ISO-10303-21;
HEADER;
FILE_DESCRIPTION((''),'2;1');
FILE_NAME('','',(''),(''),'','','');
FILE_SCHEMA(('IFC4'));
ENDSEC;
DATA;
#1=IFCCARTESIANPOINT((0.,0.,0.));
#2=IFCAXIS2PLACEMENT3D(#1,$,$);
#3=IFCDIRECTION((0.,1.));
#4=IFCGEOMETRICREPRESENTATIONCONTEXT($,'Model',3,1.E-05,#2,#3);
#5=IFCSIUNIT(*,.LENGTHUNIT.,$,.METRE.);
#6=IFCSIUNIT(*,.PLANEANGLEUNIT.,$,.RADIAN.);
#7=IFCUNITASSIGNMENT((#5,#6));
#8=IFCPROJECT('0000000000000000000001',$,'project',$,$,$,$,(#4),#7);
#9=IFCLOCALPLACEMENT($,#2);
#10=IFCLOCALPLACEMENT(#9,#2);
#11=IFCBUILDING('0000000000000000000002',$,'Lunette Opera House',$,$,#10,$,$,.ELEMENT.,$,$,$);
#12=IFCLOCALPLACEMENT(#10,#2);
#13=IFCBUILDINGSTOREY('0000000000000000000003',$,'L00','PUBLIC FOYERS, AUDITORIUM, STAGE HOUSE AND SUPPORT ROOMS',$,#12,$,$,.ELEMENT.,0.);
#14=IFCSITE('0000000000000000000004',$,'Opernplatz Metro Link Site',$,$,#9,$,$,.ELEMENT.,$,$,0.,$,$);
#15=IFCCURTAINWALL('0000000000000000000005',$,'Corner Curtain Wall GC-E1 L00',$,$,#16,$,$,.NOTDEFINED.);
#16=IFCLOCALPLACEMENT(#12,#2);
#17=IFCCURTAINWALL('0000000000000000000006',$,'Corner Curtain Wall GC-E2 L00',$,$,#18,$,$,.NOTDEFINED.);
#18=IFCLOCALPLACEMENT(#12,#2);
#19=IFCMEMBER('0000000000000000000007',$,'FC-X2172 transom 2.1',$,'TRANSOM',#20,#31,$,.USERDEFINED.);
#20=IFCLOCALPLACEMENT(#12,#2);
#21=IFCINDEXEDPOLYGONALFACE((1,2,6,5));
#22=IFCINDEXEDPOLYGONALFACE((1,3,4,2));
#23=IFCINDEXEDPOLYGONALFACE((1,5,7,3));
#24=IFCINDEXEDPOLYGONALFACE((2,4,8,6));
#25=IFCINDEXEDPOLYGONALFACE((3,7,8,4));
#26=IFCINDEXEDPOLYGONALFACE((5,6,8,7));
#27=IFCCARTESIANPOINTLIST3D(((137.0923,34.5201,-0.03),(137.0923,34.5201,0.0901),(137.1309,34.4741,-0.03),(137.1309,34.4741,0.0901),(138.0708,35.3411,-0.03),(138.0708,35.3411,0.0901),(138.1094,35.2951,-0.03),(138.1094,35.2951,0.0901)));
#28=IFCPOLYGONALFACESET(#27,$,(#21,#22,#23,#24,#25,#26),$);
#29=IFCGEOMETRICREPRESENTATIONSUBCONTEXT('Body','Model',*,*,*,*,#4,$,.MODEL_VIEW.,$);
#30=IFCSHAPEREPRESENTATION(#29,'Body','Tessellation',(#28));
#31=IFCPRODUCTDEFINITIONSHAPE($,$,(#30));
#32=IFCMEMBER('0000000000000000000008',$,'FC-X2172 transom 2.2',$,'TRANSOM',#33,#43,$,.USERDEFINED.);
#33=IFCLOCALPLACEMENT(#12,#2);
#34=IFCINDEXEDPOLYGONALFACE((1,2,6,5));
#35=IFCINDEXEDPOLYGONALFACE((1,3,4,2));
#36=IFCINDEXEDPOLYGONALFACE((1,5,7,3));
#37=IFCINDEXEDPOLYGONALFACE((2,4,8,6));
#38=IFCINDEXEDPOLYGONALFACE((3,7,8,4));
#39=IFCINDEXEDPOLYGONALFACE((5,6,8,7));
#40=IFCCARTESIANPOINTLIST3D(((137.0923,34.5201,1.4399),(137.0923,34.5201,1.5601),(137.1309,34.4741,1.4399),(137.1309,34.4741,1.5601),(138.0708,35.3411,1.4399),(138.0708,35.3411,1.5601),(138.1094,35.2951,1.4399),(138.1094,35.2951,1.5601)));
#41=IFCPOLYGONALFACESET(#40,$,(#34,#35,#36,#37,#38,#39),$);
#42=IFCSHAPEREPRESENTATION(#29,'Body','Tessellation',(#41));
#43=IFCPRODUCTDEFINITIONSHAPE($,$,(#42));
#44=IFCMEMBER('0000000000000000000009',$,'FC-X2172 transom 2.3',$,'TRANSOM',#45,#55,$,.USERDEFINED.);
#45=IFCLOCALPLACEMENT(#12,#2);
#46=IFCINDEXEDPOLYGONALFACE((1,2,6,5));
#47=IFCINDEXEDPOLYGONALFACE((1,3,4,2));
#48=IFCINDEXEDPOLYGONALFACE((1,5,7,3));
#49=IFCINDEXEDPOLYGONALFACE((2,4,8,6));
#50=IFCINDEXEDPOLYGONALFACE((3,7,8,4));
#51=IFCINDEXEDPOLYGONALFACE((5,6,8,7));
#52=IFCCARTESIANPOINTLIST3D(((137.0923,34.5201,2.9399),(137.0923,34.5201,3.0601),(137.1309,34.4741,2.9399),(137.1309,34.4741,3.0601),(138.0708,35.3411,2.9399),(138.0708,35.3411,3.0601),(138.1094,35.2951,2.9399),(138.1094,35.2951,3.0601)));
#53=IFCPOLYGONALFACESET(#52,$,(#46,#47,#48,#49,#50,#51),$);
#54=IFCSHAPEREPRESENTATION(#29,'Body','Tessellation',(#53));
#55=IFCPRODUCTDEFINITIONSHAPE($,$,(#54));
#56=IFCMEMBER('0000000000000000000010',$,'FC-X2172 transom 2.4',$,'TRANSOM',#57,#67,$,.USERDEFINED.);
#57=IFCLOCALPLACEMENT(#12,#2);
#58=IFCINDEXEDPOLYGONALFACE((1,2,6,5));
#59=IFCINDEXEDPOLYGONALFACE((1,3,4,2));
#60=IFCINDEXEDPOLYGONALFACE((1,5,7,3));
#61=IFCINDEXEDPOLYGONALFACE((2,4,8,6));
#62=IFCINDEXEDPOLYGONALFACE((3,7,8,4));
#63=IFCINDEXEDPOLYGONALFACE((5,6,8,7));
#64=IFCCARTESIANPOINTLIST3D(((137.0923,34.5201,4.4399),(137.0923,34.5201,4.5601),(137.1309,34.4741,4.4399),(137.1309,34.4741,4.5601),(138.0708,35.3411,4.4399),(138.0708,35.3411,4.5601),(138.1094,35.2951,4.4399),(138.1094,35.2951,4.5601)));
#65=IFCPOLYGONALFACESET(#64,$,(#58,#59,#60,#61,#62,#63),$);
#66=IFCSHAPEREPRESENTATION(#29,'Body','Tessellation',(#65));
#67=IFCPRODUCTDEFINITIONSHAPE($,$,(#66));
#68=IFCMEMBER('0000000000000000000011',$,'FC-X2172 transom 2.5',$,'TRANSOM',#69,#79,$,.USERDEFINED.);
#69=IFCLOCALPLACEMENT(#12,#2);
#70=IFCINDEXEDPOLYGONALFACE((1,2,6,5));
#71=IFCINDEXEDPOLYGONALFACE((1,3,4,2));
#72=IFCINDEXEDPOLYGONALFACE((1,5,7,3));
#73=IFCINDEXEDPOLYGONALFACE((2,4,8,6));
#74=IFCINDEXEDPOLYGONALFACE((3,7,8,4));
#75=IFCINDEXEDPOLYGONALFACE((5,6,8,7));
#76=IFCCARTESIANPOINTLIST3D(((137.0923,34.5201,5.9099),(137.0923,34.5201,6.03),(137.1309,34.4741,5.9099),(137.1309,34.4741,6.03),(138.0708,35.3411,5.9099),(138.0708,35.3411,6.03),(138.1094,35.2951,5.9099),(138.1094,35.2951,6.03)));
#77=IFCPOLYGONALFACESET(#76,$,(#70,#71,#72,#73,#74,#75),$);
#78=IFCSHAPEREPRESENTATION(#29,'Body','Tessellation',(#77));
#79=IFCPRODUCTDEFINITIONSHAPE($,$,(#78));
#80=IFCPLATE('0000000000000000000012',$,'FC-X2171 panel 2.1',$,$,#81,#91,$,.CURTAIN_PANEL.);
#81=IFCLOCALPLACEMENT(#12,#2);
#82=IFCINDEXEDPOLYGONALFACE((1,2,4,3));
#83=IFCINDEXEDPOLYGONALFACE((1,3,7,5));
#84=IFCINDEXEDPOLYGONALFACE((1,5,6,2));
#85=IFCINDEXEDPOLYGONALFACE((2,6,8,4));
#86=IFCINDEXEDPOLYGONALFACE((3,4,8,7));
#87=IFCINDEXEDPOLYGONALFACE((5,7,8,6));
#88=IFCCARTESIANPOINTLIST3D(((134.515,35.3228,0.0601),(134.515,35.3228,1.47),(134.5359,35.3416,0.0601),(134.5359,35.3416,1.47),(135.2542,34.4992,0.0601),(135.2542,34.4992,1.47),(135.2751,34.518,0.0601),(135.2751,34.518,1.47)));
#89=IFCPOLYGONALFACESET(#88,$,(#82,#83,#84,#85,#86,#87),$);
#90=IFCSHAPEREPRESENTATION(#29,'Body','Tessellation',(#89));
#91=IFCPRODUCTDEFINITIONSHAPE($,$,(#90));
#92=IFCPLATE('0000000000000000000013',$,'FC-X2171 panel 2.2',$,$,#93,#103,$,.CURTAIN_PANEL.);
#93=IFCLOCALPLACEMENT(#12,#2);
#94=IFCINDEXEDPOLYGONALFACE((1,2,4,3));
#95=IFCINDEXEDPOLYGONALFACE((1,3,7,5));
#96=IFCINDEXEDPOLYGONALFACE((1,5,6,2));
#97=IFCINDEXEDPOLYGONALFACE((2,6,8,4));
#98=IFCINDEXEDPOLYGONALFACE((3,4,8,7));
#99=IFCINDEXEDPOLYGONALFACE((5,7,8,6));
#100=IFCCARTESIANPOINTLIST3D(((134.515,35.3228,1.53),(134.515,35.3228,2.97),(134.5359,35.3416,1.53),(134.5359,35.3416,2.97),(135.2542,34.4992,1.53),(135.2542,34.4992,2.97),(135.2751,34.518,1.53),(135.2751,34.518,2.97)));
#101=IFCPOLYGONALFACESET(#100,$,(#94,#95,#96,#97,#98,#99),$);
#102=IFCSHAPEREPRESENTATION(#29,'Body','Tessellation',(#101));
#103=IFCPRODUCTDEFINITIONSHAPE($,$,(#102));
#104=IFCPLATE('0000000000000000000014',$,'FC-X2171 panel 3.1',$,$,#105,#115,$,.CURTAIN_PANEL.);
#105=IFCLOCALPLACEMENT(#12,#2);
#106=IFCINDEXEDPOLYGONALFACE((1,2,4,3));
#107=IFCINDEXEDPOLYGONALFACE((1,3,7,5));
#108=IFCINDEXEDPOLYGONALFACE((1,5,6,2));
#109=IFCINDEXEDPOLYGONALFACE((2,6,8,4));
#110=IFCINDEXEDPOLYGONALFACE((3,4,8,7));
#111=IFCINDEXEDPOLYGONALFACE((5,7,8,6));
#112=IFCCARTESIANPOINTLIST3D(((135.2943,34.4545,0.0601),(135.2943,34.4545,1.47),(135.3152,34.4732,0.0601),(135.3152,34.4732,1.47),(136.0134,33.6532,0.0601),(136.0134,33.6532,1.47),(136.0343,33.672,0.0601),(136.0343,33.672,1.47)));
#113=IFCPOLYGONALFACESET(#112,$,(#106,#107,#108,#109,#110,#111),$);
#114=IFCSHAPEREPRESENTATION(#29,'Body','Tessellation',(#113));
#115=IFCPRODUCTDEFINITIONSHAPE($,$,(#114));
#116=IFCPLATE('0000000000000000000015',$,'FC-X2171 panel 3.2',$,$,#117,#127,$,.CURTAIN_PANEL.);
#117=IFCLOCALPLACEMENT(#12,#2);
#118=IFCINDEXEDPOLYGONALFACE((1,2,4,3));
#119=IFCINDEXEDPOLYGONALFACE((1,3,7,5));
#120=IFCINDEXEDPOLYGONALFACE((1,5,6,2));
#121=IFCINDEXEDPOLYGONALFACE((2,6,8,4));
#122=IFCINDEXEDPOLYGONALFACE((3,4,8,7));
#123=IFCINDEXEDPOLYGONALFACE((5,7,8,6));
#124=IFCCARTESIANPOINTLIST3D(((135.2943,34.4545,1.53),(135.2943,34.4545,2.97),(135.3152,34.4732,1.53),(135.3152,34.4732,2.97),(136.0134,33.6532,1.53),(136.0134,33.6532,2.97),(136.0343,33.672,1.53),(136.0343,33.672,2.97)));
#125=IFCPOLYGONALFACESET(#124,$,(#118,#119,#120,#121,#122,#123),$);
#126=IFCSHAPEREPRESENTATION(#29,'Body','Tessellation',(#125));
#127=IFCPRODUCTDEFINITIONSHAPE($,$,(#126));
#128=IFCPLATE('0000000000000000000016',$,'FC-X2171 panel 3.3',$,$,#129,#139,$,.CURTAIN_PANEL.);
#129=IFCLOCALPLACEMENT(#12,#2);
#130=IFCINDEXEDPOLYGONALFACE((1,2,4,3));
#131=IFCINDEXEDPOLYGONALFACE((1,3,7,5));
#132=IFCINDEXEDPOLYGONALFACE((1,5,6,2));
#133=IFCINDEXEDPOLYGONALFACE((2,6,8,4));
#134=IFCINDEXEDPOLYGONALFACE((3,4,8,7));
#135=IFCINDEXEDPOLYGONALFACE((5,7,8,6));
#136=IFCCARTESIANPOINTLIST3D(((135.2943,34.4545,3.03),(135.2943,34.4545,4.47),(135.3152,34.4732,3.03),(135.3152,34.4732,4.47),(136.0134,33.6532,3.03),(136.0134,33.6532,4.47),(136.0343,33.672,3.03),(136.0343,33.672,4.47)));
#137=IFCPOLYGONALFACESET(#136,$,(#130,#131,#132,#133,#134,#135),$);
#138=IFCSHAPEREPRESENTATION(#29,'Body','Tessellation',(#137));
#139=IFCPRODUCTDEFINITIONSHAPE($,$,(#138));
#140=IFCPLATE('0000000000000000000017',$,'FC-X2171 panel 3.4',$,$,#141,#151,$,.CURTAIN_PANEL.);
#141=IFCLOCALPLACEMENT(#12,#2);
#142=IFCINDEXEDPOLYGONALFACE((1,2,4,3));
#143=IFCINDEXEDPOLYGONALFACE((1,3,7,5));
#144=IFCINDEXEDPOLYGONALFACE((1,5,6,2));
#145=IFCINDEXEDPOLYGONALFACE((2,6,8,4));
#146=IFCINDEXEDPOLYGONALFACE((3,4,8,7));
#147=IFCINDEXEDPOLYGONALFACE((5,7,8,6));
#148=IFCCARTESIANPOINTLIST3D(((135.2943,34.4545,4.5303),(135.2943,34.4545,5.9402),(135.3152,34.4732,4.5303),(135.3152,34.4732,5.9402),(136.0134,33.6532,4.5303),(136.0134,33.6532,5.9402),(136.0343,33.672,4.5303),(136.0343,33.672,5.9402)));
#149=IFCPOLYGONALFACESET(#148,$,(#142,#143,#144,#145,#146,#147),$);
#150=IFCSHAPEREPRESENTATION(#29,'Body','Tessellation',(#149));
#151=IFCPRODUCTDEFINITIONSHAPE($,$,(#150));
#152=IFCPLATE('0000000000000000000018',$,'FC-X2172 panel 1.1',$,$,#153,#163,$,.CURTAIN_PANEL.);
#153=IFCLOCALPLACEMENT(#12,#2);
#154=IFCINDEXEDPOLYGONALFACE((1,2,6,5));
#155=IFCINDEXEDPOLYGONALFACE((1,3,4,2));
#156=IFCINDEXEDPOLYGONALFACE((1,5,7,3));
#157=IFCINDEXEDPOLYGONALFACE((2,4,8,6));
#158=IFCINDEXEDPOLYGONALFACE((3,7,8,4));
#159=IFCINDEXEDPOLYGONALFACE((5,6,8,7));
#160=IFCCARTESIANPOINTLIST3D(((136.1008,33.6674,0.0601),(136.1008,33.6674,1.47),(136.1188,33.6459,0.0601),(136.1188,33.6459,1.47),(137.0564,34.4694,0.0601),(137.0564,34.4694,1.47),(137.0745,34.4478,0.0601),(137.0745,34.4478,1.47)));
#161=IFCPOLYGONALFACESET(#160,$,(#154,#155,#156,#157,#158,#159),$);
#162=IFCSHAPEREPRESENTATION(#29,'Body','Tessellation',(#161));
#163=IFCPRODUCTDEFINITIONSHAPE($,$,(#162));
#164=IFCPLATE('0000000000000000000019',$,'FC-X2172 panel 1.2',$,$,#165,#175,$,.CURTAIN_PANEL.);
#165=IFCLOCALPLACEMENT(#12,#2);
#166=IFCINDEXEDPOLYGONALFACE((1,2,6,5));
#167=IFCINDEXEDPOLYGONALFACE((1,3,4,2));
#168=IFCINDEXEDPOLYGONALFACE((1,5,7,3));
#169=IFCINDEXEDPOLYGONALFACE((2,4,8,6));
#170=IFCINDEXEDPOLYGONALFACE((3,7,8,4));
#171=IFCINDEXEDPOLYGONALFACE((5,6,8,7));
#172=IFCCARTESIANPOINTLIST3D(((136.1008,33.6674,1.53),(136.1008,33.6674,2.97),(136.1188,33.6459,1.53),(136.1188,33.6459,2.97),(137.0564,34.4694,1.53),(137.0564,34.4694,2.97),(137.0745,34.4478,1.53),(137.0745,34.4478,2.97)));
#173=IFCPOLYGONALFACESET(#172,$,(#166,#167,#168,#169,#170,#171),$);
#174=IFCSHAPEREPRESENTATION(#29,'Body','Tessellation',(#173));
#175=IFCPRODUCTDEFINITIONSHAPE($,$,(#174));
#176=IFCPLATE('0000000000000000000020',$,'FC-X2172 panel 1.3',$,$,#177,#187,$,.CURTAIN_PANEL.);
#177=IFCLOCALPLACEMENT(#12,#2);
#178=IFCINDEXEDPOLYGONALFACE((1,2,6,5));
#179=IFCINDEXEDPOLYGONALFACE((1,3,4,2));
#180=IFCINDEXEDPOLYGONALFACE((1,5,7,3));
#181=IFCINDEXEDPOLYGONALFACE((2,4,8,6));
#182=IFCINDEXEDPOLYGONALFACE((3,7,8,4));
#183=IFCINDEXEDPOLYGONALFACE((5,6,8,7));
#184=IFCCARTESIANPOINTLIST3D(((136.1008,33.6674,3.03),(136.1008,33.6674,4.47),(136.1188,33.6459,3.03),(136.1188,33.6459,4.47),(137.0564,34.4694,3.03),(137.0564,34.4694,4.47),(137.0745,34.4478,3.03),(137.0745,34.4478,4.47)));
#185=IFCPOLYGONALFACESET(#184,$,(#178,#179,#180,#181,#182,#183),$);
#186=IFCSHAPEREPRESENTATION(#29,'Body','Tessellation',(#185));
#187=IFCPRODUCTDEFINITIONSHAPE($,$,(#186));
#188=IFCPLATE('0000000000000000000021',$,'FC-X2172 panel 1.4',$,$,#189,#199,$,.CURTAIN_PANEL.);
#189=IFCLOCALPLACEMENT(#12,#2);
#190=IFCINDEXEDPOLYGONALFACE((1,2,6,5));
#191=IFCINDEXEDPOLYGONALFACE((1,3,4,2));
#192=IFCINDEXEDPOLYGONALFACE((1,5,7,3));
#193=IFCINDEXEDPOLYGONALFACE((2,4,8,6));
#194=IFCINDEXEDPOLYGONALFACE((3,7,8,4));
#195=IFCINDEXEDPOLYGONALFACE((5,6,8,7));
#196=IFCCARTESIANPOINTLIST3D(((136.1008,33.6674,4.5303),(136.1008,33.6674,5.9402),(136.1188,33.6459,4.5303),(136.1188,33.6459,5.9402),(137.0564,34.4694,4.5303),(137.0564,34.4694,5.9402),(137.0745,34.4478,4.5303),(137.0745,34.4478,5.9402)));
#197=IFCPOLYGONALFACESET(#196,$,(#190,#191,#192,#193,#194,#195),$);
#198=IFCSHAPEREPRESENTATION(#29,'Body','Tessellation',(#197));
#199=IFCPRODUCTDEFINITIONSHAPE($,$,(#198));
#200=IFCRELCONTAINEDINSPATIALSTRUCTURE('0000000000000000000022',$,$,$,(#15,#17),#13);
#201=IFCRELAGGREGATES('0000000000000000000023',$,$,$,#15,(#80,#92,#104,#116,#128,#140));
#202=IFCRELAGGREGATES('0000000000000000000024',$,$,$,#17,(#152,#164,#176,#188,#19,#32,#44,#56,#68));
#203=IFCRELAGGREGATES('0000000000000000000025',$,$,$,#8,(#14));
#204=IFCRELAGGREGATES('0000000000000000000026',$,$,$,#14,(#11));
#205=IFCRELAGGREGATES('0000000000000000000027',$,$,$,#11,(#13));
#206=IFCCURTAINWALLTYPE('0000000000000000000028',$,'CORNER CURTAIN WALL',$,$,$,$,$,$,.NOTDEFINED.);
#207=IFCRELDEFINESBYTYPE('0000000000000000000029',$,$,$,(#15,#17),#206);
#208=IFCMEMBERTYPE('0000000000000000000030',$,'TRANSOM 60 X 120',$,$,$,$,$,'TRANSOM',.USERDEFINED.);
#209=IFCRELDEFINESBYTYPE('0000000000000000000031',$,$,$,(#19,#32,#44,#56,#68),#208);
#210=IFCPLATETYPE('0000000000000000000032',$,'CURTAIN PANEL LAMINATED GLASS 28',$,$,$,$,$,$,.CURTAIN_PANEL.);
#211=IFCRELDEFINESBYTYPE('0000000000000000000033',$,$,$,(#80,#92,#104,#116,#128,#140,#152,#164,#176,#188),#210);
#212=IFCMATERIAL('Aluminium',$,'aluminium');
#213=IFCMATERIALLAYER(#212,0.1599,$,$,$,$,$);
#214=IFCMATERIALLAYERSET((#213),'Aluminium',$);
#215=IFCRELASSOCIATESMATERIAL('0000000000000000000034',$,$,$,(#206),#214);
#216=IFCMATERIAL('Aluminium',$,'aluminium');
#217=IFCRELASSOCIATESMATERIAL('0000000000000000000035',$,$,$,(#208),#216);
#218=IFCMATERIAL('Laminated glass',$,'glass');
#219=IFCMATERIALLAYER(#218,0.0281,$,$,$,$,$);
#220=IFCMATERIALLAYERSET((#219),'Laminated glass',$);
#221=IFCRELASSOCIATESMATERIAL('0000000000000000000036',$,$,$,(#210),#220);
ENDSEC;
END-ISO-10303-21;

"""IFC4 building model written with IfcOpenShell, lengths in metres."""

from ifc_helpers import new_model, si_unit, direction, frame, origin, origin_2d, place, context, subcontext, project, spatial, rectangle, extrude, material, layer, layer_set, material_profile, profile_set, type_object, element, aggregate, save


model = new_model("IFC4")

# Units and contexts
model_context = context("Model", 3, precision=1e-05, world=origin(), true_north=direction((0.0, 1.0)))
body_context = subcontext(model_context, "Body", "Model", "MODEL_VIEW")
ifc_project = project(units=[si_unit("LENGTHUNIT", "METRE"), si_unit("PLANEANGLEUNIT", "RADIAN")], contexts=[model_context])

# Site, building, storey
site_placement = place(None, origin())
site = spatial("IfcSite", under=ifc_project, at=site_placement, Name="Opernplatz Metro Link Site", CompositionType="ELEMENT", RefElevation=0.0)
building_placement = place(site_placement, origin())
building = spatial("IfcBuilding", under=site, at=building_placement, Name="Lunette Opera House", CompositionType="ELEMENT")
storey_placement = place(building_placement, origin())
storey = spatial("IfcBuildingStorey", under=building, at=storey_placement, Name="L00", Description="PUBLIC FOYERS, AUDITORIUM, STAGE HOUSE AND SUPPORT ROOMS", CompositionType="ELEMENT", Elevation=0.0)

# Curtain walls
ifc_material_1 = material(Name="Aluminium", Category="aluminium")
ifc_layer_1 = layer(ifc_material_1, 0.1599)
ifc_layer_set_1 = layer_set([ifc_layer_1], Name="Aluminium")
curtain_wall_type = type_object("IfcCurtainWallType", Name="CORNER CURTAIN WALL", PredefinedType="NOTDEFINED", material=ifc_layer_set_1)
curtain_wall_1_placement = place(storey_placement, origin())
curtain_wall_1 = element("IfcCurtainWall", 1, at=curtain_wall_1_placement, inside=storey, type_object=curtain_wall_type, Name="Corner Curtain Wall GC-E1 L00", PredefinedType="NOTDEFINED")
curtain_wall_2_placement = place(storey_placement, origin())
curtain_wall_2 = element("IfcCurtainWall", 2, at=curtain_wall_2_placement, inside=storey, type_object=curtain_wall_type, Name="Corner Curtain Wall GC-E2 L00", PredefinedType="NOTDEFINED")

# Members
ifc_material_2 = material(Name="Aluminium", Category="aluminium")
ifc_material_profile_1 = material_profile(ifc_material_2, rectangle(XDim=0.0601, YDim=0.1201, at=origin_2d()), Name="TRANSOM 60 X 120")
ifc_profile_set_1 = profile_set([ifc_material_profile_1], Name="Aluminium")
member_type_1 = type_object("IfcMemberType", Name="TRANSOM 60 X 120", ElementType="TRANSOM", PredefinedType="USERDEFINED", material=ifc_profile_set_1)
member_1_placement = place(storey_placement, frame((137.1116, 34.4971, 0.03), z_axis=(0.766055, 0.642775, 0.0), x_axis=(-0.642775, 0.766055, 0.0)))
member_1 = element("IfcMember", 3, at=member_1_placement, type_object=member_type_1, Name="FC-X2172 transom 2.1", ObjectType="TRANSOM", PredefinedType="USERDEFINED", context=body_context, shape_type="SweptSolid", body=[
    extrude(rectangle(XDim=0.0601, YDim=0.1201, at=origin_2d()), origin(), (0.0, 0.0, 1.0), 1.2773),
])
member_2_placement = place(storey_placement, frame((137.1116, 34.4971, 1.5), z_axis=(0.766055, 0.642775, 0.0), x_axis=(-0.642775, 0.766055, 0.0)))
member_2 = element("IfcMember", 4, at=member_2_placement, type_object=member_type_1, Name="FC-X2172 transom 2.2", ObjectType="TRANSOM", PredefinedType="USERDEFINED", context=body_context, shape_type="SweptSolid", body=[
    extrude(rectangle(XDim=0.0601, YDim=0.1201, at=origin_2d()), origin(), (0.0, 0.0, 1.0), 1.2773),
])
member_3_placement = place(storey_placement, frame((137.1116, 34.4971, 3.0), z_axis=(0.766055, 0.642775, 0.0), x_axis=(-0.642775, 0.766055, 0.0)))
member_3 = element("IfcMember", 5, at=member_3_placement, type_object=member_type_1, Name="FC-X2172 transom 2.3", ObjectType="TRANSOM", PredefinedType="USERDEFINED", context=body_context, shape_type="SweptSolid", body=[
    extrude(rectangle(XDim=0.0601, YDim=0.1201, at=origin_2d()), origin(), (0.0, 0.0, 1.0), 1.2773),
])
member_4_placement = place(storey_placement, frame((137.1116, 34.4971, 4.5), z_axis=(0.766055, 0.642775, 0.0), x_axis=(-0.642775, 0.766055, 0.0)))
member_4 = element("IfcMember", 6, at=member_4_placement, type_object=member_type_1, Name="FC-X2172 transom 2.4", ObjectType="TRANSOM", PredefinedType="USERDEFINED", context=body_context, shape_type="SweptSolid", body=[
    extrude(rectangle(XDim=0.0601, YDim=0.1201, at=origin_2d()), origin(), (0.0, 0.0, 1.0), 1.2773),
])
member_5_placement = place(storey_placement, frame((137.1116, 34.4971, 5.97), z_axis=(0.766055, 0.642775, 0.0), x_axis=(-0.642775, 0.766055, 0.0)))
member_5 = element("IfcMember", 7, at=member_5_placement, type_object=member_type_1, Name="FC-X2172 transom 2.5", ObjectType="TRANSOM", PredefinedType="USERDEFINED", context=body_context, shape_type="SweptSolid", body=[
    extrude(rectangle(XDim=0.0601, YDim=0.1201, at=origin_2d()), origin(), (0.0, 0.0, 1.0), 1.2773),
])

# Plates
ifc_material_3 = material(Name="Laminated glass", Category="glass")
ifc_layer_2 = layer(ifc_material_3, 0.0281)
ifc_layer_set_2 = layer_set([ifc_layer_2], Name="Laminated glass")
plate_type = type_object("IfcPlateType", Name="CURTAIN PANEL LAMINATED GLASS 28", PredefinedType="CURTAIN_PANEL", material=ifc_layer_set_2)
plate_1_placement = place(storey_placement, frame((134.895, 34.9204, 0.0601), z_axis=(0.0, 0.0, 1.0), x_axis=(0.667938, -0.744217, 0.0)))
plate_1 = element("IfcPlate", 8, at=plate_1_placement, type_object=plate_type, Name="FC-X2171 panel 2.1", PredefinedType="CURTAIN_PANEL", context=body_context, shape_type="SweptSolid", body=[
    extrude(rectangle(XDim=1.1067, YDim=0.0281, at=origin_2d()), origin(), (0.0, 0.0, 1.0), 1.4099),
])
plate_2_placement = place(storey_placement, frame((134.895, 34.9204, 1.53), z_axis=(0.0, 0.0, 1.0), x_axis=(0.667938, -0.744217, 0.0)))
plate_2 = element("IfcPlate", 9, at=plate_2_placement, type_object=plate_type, Name="FC-X2171 panel 2.2", PredefinedType="CURTAIN_PANEL", context=body_context, shape_type="SweptSolid", body=[
    extrude(rectangle(XDim=1.1067, YDim=0.0281, at=origin_2d()), origin(), (0.0, 0.0, 1.0), 1.4399),
])
plate_3_placement = place(storey_placement, frame((135.6643, 34.0632, 0.0601), z_axis=(0.0, 0.0, 1.0), x_axis=(0.667938, -0.744217, 0.0)))
plate_3 = element("IfcPlate", 10, at=plate_3_placement, type_object=plate_type, Name="FC-X2171 panel 3.1", PredefinedType="CURTAIN_PANEL", context=body_context, shape_type="SweptSolid", body=[
    extrude(rectangle(XDim=1.0767, YDim=0.0281, at=origin_2d()), origin(), (0.0, 0.0, 1.0), 1.4099),
])
plate_4_placement = place(storey_placement, frame((135.6643, 34.0632, 1.53), z_axis=(0.0, 0.0, 1.0), x_axis=(0.667938, -0.744217, 0.0)))
plate_4 = element("IfcPlate", 11, at=plate_4_placement, type_object=plate_type, Name="FC-X2171 panel 3.2", PredefinedType="CURTAIN_PANEL", context=body_context, shape_type="SweptSolid", body=[
    extrude(rectangle(XDim=1.0767, YDim=0.0281, at=origin_2d()), origin(), (0.0, 0.0, 1.0), 1.4399),
])
plate_5_placement = place(storey_placement, frame((135.6643, 34.0632, 3.03), z_axis=(0.0, 0.0, 1.0), x_axis=(0.667938, -0.744217, 0.0)))
plate_5 = element("IfcPlate", 12, at=plate_5_placement, type_object=plate_type, Name="FC-X2171 panel 3.3", PredefinedType="CURTAIN_PANEL", context=body_context, shape_type="SweptSolid", body=[
    extrude(rectangle(XDim=1.0767, YDim=0.0281, at=origin_2d()), origin(), (0.0, 0.0, 1.0), 1.4399),
])
plate_6_placement = place(storey_placement, frame((135.6643, 34.0632, 4.5303), z_axis=(0.0, 0.0, 1.0), x_axis=(0.667938, -0.744217, 0.0)))
plate_6 = element("IfcPlate", 13, at=plate_6_placement, type_object=plate_type, Name="FC-X2171 panel 3.4", PredefinedType="CURTAIN_PANEL", context=body_context, shape_type="SweptSolid", body=[
    extrude(rectangle(XDim=1.0767, YDim=0.0281, at=origin_2d()), origin(), (0.0, 0.0, 1.0), 1.4099),
])
aggregate(curtain_wall_1, [plate_1, plate_2, plate_3, plate_4, plate_5, plate_6])
plate_7_placement = place(storey_placement, frame((136.5876, 34.0576, 0.0601), z_axis=(0.0, 0.0, 1.0), x_axis=(0.76601, 0.642828, 0.0)))
plate_7 = element("IfcPlate", 14, at=plate_7_placement, type_object=plate_type, Name="FC-X2172 panel 1.1", PredefinedType="CURTAIN_PANEL", context=body_context, shape_type="SweptSolid", body=[
    extrude(rectangle(XDim=1.2476, YDim=0.0281, at=origin_2d()), origin(), (0.0, 0.0, 1.0), 1.4099),
])
plate_8_placement = place(storey_placement, frame((136.5876, 34.0576, 1.53), z_axis=(0.0, 0.0, 1.0), x_axis=(0.76601, 0.642828, 0.0)))
plate_8 = element("IfcPlate", 15, at=plate_8_placement, type_object=plate_type, Name="FC-X2172 panel 1.2", PredefinedType="CURTAIN_PANEL", context=body_context, shape_type="SweptSolid", body=[
    extrude(rectangle(XDim=1.2476, YDim=0.0281, at=origin_2d()), origin(), (0.0, 0.0, 1.0), 1.4399),
])
plate_9_placement = place(storey_placement, frame((136.5876, 34.0576, 3.03), z_axis=(0.0, 0.0, 1.0), x_axis=(0.76601, 0.642828, 0.0)))
plate_9 = element("IfcPlate", 16, at=plate_9_placement, type_object=plate_type, Name="FC-X2172 panel 1.3", PredefinedType="CURTAIN_PANEL", context=body_context, shape_type="SweptSolid", body=[
    extrude(rectangle(XDim=1.2476, YDim=0.0281, at=origin_2d()), origin(), (0.0, 0.0, 1.0), 1.4399),
])
plate_10_placement = place(storey_placement, frame((136.5876, 34.0576, 4.5303), z_axis=(0.0, 0.0, 1.0), x_axis=(0.76601, 0.642828, 0.0)))
plate_10 = element("IfcPlate", 17, at=plate_10_placement, type_object=plate_type, Name="FC-X2172 panel 1.4", PredefinedType="CURTAIN_PANEL", context=body_context, shape_type="SweptSolid", body=[
    extrude(rectangle(XDim=1.2476, YDim=0.0281, at=origin_2d()), origin(), (0.0, 0.0, 1.0), 1.4099),
])
aggregate(curtain_wall_2, [plate_7, plate_8, plate_9, plate_10, member_1, member_2, member_3, member_4, member_5])

save(model, "model.ifc")
